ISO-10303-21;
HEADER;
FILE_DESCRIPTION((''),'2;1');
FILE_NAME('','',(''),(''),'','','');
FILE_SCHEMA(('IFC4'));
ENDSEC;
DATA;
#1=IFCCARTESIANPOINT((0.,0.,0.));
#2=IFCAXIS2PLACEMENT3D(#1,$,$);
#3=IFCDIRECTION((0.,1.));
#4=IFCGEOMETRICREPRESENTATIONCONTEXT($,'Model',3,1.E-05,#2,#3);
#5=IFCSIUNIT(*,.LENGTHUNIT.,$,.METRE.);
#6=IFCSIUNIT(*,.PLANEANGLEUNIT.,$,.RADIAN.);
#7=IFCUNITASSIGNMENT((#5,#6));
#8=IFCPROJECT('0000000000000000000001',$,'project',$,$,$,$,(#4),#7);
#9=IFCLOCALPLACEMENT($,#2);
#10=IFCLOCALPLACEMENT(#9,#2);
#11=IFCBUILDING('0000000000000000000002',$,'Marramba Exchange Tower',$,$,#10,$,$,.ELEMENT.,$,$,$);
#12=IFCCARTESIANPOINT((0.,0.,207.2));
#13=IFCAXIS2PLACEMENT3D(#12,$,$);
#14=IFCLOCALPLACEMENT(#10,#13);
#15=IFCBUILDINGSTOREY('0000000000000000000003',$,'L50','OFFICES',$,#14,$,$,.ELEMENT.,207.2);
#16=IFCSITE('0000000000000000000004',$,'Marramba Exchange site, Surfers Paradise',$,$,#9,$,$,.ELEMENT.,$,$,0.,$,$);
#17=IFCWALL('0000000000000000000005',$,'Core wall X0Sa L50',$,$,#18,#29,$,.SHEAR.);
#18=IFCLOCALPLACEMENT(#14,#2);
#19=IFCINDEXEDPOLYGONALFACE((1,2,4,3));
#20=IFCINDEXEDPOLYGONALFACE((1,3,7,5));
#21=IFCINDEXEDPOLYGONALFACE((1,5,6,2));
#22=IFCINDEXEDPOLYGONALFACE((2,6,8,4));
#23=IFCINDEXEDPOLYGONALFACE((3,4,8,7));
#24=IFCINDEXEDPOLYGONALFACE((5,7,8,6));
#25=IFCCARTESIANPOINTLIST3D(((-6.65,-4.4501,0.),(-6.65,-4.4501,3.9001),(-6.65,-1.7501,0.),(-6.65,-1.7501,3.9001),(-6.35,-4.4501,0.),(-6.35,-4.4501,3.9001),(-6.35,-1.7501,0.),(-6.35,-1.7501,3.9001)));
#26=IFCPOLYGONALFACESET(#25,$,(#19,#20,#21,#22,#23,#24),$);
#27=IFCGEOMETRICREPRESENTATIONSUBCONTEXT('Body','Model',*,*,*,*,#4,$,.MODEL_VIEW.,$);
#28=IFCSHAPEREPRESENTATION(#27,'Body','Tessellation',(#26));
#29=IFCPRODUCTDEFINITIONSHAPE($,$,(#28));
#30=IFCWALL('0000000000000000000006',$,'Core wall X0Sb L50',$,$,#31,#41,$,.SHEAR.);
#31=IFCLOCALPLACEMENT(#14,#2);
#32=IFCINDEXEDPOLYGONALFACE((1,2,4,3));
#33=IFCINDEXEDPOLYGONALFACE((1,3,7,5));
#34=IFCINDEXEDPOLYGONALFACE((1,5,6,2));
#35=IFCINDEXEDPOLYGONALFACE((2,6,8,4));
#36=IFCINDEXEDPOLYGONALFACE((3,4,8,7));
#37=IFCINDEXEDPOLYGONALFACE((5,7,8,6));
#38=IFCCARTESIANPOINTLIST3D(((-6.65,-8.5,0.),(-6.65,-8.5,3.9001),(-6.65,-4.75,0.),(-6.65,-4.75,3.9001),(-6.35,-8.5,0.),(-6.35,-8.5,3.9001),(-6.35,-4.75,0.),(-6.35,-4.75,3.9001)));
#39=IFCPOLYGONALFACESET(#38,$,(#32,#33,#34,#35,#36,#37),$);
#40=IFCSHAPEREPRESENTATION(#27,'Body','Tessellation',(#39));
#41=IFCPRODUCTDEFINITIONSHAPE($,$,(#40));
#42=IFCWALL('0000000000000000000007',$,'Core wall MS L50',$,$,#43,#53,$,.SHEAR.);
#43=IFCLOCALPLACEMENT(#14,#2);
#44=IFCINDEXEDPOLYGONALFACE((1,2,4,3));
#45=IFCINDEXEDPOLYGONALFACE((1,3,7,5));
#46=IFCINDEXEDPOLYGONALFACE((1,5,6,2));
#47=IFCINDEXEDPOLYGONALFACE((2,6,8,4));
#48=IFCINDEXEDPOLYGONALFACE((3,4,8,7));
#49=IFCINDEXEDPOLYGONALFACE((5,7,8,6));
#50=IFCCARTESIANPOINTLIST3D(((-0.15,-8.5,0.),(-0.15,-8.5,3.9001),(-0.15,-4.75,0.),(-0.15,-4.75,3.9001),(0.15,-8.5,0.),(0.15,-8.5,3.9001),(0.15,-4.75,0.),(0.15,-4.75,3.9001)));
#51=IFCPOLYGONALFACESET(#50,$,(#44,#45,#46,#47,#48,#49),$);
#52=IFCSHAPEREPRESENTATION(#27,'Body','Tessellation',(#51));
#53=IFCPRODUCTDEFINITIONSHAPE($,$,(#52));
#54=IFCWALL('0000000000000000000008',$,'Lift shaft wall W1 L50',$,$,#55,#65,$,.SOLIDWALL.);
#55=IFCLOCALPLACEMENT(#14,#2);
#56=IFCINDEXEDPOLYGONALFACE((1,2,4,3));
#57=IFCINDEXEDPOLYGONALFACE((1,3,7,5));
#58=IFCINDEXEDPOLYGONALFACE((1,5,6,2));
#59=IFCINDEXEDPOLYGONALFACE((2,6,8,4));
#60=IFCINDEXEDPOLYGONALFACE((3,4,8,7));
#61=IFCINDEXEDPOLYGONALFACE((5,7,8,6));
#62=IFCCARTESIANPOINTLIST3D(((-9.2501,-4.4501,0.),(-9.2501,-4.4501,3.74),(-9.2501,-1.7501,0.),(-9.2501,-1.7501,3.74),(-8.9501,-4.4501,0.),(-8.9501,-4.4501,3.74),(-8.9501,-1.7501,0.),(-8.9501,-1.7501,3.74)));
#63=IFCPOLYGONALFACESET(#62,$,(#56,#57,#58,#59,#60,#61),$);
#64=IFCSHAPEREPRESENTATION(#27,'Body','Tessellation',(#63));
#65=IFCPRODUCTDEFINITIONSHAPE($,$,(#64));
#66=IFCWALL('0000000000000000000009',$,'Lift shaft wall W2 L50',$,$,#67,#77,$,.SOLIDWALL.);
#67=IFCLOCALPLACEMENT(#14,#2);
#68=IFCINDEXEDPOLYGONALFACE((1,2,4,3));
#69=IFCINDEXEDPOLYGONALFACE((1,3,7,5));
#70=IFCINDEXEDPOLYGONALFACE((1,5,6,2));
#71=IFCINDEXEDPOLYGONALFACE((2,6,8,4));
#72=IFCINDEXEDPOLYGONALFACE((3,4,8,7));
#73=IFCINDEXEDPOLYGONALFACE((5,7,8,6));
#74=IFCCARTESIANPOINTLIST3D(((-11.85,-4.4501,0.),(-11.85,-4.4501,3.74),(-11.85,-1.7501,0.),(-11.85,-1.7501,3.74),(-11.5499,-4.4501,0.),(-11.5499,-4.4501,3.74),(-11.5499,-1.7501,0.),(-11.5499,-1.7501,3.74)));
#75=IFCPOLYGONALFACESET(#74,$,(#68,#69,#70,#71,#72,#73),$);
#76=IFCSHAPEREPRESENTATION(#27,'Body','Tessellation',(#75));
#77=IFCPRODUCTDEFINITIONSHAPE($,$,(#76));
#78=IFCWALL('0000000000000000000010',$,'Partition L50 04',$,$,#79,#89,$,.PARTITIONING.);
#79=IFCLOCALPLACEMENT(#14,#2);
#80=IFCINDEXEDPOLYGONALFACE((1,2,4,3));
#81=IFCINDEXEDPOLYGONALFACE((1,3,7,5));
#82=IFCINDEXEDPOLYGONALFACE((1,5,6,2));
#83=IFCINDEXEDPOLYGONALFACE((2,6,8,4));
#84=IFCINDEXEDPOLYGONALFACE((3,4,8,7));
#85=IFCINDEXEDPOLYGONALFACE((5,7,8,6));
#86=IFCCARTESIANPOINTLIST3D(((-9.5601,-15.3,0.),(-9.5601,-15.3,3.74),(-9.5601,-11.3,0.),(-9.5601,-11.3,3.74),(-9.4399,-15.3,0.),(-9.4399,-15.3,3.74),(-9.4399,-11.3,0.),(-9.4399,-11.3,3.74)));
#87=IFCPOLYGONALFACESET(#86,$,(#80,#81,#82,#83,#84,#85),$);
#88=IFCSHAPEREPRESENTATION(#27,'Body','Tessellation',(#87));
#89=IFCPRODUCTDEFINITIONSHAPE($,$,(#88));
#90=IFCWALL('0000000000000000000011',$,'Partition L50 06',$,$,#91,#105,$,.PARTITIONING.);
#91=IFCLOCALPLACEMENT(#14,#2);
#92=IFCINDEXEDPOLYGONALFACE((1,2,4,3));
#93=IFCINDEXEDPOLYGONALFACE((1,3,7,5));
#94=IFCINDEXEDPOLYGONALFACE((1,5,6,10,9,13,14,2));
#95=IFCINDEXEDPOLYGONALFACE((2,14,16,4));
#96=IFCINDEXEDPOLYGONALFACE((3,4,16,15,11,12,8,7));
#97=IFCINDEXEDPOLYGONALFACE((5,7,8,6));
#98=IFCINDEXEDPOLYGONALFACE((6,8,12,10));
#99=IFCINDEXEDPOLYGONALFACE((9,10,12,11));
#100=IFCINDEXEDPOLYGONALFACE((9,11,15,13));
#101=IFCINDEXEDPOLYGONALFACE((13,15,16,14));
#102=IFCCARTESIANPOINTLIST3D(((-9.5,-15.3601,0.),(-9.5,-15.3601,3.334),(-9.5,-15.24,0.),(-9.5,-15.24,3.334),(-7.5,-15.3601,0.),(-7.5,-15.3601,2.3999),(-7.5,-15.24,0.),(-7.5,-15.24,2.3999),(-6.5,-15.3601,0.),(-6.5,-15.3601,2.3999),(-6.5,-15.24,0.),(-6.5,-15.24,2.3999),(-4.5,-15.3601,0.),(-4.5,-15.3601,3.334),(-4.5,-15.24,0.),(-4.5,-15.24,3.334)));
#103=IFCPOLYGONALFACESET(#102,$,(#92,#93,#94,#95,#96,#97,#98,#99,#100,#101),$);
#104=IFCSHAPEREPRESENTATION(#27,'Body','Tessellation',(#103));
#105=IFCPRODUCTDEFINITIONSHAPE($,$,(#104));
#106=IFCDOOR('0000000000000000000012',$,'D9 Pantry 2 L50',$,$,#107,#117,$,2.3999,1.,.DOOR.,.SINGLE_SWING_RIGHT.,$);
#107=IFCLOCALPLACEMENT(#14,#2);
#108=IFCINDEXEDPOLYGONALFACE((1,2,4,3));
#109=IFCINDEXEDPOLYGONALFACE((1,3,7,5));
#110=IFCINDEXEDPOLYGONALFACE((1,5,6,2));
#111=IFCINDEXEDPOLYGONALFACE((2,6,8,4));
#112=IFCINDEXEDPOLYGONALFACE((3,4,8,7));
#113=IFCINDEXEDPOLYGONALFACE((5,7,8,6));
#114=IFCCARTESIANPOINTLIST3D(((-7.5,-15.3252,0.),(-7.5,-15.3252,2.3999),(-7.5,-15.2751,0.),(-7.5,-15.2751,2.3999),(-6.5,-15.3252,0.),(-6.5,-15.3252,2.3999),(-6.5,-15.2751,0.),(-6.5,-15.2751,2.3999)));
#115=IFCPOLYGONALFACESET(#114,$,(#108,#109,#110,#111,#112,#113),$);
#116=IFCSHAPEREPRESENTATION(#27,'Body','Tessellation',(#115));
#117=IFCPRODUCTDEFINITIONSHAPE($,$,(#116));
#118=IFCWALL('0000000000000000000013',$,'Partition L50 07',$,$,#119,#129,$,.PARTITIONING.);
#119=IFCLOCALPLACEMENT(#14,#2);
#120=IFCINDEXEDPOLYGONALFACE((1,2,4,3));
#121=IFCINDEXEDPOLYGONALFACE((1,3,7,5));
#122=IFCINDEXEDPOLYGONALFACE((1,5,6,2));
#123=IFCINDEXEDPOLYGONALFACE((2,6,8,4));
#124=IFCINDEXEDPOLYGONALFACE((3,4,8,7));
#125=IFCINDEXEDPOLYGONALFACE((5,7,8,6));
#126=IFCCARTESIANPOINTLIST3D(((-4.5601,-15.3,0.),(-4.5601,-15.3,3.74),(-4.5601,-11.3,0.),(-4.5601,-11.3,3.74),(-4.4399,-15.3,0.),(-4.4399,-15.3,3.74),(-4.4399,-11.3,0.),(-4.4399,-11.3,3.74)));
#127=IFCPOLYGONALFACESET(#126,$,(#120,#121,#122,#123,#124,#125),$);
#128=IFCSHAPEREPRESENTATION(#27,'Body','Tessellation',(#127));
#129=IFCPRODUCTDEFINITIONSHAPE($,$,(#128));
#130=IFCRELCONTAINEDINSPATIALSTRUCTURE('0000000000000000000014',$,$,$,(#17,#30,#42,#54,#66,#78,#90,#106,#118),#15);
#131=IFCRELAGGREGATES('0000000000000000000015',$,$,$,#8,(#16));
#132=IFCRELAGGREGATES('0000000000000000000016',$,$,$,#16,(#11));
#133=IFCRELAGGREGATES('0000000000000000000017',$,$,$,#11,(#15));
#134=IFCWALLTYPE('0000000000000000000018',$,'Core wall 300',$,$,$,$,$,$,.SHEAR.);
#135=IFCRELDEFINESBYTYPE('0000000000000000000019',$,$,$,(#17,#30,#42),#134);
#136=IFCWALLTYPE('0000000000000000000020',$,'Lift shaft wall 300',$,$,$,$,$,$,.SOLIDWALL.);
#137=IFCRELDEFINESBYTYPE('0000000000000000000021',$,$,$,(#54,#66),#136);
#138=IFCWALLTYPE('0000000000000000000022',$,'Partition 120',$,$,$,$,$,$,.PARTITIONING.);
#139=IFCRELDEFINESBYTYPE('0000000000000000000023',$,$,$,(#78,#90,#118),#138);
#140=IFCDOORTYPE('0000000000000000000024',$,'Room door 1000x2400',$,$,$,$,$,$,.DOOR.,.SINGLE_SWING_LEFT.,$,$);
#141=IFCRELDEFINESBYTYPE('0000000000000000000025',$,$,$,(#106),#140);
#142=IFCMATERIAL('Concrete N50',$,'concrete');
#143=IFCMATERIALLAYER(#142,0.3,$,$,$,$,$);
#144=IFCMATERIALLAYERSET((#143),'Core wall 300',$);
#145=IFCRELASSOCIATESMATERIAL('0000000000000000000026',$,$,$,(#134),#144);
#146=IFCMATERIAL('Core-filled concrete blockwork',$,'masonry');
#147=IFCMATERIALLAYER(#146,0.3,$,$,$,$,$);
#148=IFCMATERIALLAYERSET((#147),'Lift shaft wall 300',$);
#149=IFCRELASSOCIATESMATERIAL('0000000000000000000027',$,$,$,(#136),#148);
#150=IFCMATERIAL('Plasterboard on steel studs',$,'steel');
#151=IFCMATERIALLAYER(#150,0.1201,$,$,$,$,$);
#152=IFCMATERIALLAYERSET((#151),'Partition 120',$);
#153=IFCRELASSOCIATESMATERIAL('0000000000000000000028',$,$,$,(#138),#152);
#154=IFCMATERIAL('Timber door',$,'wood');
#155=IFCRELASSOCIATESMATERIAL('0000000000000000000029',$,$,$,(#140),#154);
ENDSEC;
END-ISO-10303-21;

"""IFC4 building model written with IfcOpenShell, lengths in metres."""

from ifc_helpers import new_model, si_unit, direction, frame, frame_2d, origin, place, context, subcontext, project, spatial, rectangle, extrude, material, layer, layer_set, type_object, element, fill, save


model = new_model("IFC4")

# Units and contexts
model_context = context("Model", 3, precision=1e-05, world=origin(), true_north=direction((0.0, 1.0)))
body_context = subcontext(model_context, "Body", "Model", "MODEL_VIEW")
ifc_project = project(units=[si_unit("LENGTHUNIT", "METRE"), si_unit("PLANEANGLEUNIT", "RADIAN")], contexts=[model_context])

# Site, building, storey
site_placement = place(None, origin())
site = spatial("IfcSite", under=ifc_project, at=site_placement, Name="Marramba Exchange site, Surfers Paradise", CompositionType="ELEMENT", RefElevation=0.0)
building_placement = place(site_placement, origin())
building = spatial("IfcBuilding", under=site, at=building_placement, Name="Marramba Exchange Tower", CompositionType="ELEMENT")
storey_placement = place(building_placement, frame((0.0, 0.0, 207.2)))
storey = spatial("IfcBuildingStorey", under=building, at=storey_placement, Name="L50", Description="OFFICES", CompositionType="ELEMENT", Elevation=207.2)

# Shared definitions
ifc_material_1 = material(Name="Concrete N50", Category="concrete")

# Walls
ifc_layer_1 = layer(ifc_material_1, 0.3)
ifc_layer_set_1 = layer_set([ifc_layer_1], Name="Core wall 300")
wall_type_1 = type_object("IfcWallType", Name="Core wall 300", PredefinedType="SHEAR", material=ifc_layer_set_1)
wall_1_placement = place(storey_placement, frame((-6.5, -1.75, 0.0), z_axis=(0.0, 0.0, 1.0), x_axis=(0.0, -1.0, 0.0)))
element("IfcWall", 1, at=wall_1_placement, inside=storey, type_object=wall_type_1, Name="Core wall X0Sa L50", PredefinedType="SHEAR", context=body_context, shape_type="SweptSolid", body=[
    extrude(rectangle(XDim=2.7, YDim=0.3, at=frame_2d((1.3501, 0.0))), origin(), (0.0, 0.0, 1.0), 3.9001),
])
for number, where, z_axis, x_axis, name in (
    (2, (-6.5, -4.75, 0.0), (0.0, 0.0, 1.0), (0.0, -1.0, 0.0), "Core wall X0Sb L50"),
    (3, (0.0, -4.75, 0.0), (0.0, 0.0, 1.0), (0.0, -1.0, 0.0), "Core wall MS L50"),
):
    element("IfcWall", number, at=place(storey_placement, frame(where, z_axis=z_axis, x_axis=x_axis)), inside=storey, type_object=wall_type_1, Name=name, PredefinedType="SHEAR", context=body_context, shape_type="SweptSolid", body=[
        extrude(rectangle(XDim=3.75, YDim=0.3, at=frame_2d((1.875, 0.0))), origin(), (0.0, 0.0, 1.0), 3.9001),
    ])
ifc_material_2 = material(Name="Core-filled concrete blockwork", Category="masonry")
ifc_layer_2 = layer(ifc_material_2, 0.3)
ifc_layer_set_2 = layer_set([ifc_layer_2], Name="Lift shaft wall 300")
wall_type_2 = type_object("IfcWallType", Name="Lift shaft wall 300", PredefinedType="SOLIDWALL", material=ifc_layer_set_2)
for number, where, z_axis, x_axis, name in (
    (4, (-9.1001, -1.75, 0.0), (0.0, 0.0, 1.0), (0.0, -1.0, 0.0), "Lift shaft wall W1 L50"),
    (5, (-11.7, -1.75, 0.0), (0.0, 0.0, 1.0), (0.0, -1.0, 0.0), "Lift shaft wall W2 L50"),
):
    element("IfcWall", number, at=place(storey_placement, frame(where, z_axis=z_axis, x_axis=x_axis)), inside=storey, type_object=wall_type_2, Name=name, PredefinedType="SOLIDWALL", context=body_context, shape_type="SweptSolid", body=[
        extrude(rectangle(XDim=2.7, YDim=0.3, at=frame_2d((1.3501, 0.0))), origin(), (0.0, 0.0, 1.0), 3.74),
    ])
ifc_material_3 = material(Name="Plasterboard on steel studs", Category="steel")
ifc_layer_3 = layer(ifc_material_3, 0.1201)
ifc_layer_set_3 = layer_set([ifc_layer_3], Name="Partition 120")
wall_type_3 = type_object("IfcWallType", Name="Partition 120", PredefinedType="PARTITIONING", material=ifc_layer_set_3)
wall_2_placement = place(storey_placement, frame((-9.5, -11.3, 0.0), z_axis=(0.0, 0.0, 1.0), x_axis=(0.0, -1.0, 0.0)))
element("IfcWall", 6, at=wall_2_placement, inside=storey, type_object=wall_type_3, Name="Partition L50 04", PredefinedType="PARTITIONING", context=body_context, shape_type="SweptSolid", body=[
    extrude(rectangle(XDim=4.0, YDim=0.1201, at=frame_2d((2.0, 0.0))), origin(), (0.0, 0.0, 1.0), 3.74),
])

# Wall, opening, door
wall_3_placement = place(storey_placement, frame((-9.5, -15.3, 0.0), z_axis=(0.0, 0.0, 1.0), x_axis=(1.0, 0.0, 0.0)))
wall_3 = element("IfcWall", 7, at=wall_3_placement, inside=storey, type_object=wall_type_3, Name="Partition L50 06", PredefinedType="PARTITIONING", context=body_context, shape_type="SweptSolid", body=[
    extrude(rectangle(XDim=5.0, YDim=0.1201, at=frame_2d((2.5, 0.0))), origin(), (0.0, 0.0, 1.0), 3.334),
])
opening_1_placement = place(wall_3_placement, frame((2.0, 0.0, 0.0)))
opening_1 = element("IfcOpeningElement", 8, at=opening_1_placement, cuts=wall_3, PredefinedType="OPENING", context=body_context, shape_type="SweptSolid", body=[
    extrude(rectangle(XDim=1.0, YDim=2.3999, at=frame_2d((0.5, 1.2))), frame((0.0, 0.0701, 0.0), z_axis=(0.0, -1.0, 0.0), x_axis=(1.0, 0.0, 0.0)), (0.0, 0.0, 1.0), 0.1401),
])
ifc_material_4 = material(Name="Timber door", Category="wood")
door_type = type_object("IfcDoorType", Name="Room door 1000x2400", OperationType="SINGLE_SWING_LEFT", PredefinedType="DOOR", material=ifc_material_4)
door_1_placement = place(opening_1_placement, origin())
door_1 = element("IfcDoor", 9, at=door_1_placement, inside=storey, type_object=door_type, Name="D9 Pantry 2 L50", OperationType="SINGLE_SWING_RIGHT", OverallHeight=2.3999, OverallWidth=1.0, PredefinedType="DOOR", context=body_context, shape_type="SweptSolid", body=[
    extrude(rectangle(XDim=1.0, YDim=2.3999, at=frame_2d((0.5, 1.2))), frame((0.0, 0.0249, 0.0), z_axis=(0.0, -1.0, 0.0), x_axis=(1.0, 0.0, 0.0)), (0.0, 0.0, 1.0), 0.05),
])
fill(opening_1, door_1)

# Wall
wall_4_placement = place(storey_placement, frame((-4.5, -15.3, 0.0), z_axis=(0.0, 0.0, 1.0), x_axis=(0.0, 1.0, 0.0)))
element("IfcWall", 10, at=wall_4_placement, inside=storey, type_object=wall_type_3, Name="Partition L50 07", PredefinedType="PARTITIONING", context=body_context, shape_type="SweptSolid", body=[
    extrude(rectangle(XDim=4.0, YDim=0.1201, at=frame_2d((2.0, 0.0))), origin(), (0.0, 0.0, 1.0), 3.74),
])

save(model, "model.ifc")
